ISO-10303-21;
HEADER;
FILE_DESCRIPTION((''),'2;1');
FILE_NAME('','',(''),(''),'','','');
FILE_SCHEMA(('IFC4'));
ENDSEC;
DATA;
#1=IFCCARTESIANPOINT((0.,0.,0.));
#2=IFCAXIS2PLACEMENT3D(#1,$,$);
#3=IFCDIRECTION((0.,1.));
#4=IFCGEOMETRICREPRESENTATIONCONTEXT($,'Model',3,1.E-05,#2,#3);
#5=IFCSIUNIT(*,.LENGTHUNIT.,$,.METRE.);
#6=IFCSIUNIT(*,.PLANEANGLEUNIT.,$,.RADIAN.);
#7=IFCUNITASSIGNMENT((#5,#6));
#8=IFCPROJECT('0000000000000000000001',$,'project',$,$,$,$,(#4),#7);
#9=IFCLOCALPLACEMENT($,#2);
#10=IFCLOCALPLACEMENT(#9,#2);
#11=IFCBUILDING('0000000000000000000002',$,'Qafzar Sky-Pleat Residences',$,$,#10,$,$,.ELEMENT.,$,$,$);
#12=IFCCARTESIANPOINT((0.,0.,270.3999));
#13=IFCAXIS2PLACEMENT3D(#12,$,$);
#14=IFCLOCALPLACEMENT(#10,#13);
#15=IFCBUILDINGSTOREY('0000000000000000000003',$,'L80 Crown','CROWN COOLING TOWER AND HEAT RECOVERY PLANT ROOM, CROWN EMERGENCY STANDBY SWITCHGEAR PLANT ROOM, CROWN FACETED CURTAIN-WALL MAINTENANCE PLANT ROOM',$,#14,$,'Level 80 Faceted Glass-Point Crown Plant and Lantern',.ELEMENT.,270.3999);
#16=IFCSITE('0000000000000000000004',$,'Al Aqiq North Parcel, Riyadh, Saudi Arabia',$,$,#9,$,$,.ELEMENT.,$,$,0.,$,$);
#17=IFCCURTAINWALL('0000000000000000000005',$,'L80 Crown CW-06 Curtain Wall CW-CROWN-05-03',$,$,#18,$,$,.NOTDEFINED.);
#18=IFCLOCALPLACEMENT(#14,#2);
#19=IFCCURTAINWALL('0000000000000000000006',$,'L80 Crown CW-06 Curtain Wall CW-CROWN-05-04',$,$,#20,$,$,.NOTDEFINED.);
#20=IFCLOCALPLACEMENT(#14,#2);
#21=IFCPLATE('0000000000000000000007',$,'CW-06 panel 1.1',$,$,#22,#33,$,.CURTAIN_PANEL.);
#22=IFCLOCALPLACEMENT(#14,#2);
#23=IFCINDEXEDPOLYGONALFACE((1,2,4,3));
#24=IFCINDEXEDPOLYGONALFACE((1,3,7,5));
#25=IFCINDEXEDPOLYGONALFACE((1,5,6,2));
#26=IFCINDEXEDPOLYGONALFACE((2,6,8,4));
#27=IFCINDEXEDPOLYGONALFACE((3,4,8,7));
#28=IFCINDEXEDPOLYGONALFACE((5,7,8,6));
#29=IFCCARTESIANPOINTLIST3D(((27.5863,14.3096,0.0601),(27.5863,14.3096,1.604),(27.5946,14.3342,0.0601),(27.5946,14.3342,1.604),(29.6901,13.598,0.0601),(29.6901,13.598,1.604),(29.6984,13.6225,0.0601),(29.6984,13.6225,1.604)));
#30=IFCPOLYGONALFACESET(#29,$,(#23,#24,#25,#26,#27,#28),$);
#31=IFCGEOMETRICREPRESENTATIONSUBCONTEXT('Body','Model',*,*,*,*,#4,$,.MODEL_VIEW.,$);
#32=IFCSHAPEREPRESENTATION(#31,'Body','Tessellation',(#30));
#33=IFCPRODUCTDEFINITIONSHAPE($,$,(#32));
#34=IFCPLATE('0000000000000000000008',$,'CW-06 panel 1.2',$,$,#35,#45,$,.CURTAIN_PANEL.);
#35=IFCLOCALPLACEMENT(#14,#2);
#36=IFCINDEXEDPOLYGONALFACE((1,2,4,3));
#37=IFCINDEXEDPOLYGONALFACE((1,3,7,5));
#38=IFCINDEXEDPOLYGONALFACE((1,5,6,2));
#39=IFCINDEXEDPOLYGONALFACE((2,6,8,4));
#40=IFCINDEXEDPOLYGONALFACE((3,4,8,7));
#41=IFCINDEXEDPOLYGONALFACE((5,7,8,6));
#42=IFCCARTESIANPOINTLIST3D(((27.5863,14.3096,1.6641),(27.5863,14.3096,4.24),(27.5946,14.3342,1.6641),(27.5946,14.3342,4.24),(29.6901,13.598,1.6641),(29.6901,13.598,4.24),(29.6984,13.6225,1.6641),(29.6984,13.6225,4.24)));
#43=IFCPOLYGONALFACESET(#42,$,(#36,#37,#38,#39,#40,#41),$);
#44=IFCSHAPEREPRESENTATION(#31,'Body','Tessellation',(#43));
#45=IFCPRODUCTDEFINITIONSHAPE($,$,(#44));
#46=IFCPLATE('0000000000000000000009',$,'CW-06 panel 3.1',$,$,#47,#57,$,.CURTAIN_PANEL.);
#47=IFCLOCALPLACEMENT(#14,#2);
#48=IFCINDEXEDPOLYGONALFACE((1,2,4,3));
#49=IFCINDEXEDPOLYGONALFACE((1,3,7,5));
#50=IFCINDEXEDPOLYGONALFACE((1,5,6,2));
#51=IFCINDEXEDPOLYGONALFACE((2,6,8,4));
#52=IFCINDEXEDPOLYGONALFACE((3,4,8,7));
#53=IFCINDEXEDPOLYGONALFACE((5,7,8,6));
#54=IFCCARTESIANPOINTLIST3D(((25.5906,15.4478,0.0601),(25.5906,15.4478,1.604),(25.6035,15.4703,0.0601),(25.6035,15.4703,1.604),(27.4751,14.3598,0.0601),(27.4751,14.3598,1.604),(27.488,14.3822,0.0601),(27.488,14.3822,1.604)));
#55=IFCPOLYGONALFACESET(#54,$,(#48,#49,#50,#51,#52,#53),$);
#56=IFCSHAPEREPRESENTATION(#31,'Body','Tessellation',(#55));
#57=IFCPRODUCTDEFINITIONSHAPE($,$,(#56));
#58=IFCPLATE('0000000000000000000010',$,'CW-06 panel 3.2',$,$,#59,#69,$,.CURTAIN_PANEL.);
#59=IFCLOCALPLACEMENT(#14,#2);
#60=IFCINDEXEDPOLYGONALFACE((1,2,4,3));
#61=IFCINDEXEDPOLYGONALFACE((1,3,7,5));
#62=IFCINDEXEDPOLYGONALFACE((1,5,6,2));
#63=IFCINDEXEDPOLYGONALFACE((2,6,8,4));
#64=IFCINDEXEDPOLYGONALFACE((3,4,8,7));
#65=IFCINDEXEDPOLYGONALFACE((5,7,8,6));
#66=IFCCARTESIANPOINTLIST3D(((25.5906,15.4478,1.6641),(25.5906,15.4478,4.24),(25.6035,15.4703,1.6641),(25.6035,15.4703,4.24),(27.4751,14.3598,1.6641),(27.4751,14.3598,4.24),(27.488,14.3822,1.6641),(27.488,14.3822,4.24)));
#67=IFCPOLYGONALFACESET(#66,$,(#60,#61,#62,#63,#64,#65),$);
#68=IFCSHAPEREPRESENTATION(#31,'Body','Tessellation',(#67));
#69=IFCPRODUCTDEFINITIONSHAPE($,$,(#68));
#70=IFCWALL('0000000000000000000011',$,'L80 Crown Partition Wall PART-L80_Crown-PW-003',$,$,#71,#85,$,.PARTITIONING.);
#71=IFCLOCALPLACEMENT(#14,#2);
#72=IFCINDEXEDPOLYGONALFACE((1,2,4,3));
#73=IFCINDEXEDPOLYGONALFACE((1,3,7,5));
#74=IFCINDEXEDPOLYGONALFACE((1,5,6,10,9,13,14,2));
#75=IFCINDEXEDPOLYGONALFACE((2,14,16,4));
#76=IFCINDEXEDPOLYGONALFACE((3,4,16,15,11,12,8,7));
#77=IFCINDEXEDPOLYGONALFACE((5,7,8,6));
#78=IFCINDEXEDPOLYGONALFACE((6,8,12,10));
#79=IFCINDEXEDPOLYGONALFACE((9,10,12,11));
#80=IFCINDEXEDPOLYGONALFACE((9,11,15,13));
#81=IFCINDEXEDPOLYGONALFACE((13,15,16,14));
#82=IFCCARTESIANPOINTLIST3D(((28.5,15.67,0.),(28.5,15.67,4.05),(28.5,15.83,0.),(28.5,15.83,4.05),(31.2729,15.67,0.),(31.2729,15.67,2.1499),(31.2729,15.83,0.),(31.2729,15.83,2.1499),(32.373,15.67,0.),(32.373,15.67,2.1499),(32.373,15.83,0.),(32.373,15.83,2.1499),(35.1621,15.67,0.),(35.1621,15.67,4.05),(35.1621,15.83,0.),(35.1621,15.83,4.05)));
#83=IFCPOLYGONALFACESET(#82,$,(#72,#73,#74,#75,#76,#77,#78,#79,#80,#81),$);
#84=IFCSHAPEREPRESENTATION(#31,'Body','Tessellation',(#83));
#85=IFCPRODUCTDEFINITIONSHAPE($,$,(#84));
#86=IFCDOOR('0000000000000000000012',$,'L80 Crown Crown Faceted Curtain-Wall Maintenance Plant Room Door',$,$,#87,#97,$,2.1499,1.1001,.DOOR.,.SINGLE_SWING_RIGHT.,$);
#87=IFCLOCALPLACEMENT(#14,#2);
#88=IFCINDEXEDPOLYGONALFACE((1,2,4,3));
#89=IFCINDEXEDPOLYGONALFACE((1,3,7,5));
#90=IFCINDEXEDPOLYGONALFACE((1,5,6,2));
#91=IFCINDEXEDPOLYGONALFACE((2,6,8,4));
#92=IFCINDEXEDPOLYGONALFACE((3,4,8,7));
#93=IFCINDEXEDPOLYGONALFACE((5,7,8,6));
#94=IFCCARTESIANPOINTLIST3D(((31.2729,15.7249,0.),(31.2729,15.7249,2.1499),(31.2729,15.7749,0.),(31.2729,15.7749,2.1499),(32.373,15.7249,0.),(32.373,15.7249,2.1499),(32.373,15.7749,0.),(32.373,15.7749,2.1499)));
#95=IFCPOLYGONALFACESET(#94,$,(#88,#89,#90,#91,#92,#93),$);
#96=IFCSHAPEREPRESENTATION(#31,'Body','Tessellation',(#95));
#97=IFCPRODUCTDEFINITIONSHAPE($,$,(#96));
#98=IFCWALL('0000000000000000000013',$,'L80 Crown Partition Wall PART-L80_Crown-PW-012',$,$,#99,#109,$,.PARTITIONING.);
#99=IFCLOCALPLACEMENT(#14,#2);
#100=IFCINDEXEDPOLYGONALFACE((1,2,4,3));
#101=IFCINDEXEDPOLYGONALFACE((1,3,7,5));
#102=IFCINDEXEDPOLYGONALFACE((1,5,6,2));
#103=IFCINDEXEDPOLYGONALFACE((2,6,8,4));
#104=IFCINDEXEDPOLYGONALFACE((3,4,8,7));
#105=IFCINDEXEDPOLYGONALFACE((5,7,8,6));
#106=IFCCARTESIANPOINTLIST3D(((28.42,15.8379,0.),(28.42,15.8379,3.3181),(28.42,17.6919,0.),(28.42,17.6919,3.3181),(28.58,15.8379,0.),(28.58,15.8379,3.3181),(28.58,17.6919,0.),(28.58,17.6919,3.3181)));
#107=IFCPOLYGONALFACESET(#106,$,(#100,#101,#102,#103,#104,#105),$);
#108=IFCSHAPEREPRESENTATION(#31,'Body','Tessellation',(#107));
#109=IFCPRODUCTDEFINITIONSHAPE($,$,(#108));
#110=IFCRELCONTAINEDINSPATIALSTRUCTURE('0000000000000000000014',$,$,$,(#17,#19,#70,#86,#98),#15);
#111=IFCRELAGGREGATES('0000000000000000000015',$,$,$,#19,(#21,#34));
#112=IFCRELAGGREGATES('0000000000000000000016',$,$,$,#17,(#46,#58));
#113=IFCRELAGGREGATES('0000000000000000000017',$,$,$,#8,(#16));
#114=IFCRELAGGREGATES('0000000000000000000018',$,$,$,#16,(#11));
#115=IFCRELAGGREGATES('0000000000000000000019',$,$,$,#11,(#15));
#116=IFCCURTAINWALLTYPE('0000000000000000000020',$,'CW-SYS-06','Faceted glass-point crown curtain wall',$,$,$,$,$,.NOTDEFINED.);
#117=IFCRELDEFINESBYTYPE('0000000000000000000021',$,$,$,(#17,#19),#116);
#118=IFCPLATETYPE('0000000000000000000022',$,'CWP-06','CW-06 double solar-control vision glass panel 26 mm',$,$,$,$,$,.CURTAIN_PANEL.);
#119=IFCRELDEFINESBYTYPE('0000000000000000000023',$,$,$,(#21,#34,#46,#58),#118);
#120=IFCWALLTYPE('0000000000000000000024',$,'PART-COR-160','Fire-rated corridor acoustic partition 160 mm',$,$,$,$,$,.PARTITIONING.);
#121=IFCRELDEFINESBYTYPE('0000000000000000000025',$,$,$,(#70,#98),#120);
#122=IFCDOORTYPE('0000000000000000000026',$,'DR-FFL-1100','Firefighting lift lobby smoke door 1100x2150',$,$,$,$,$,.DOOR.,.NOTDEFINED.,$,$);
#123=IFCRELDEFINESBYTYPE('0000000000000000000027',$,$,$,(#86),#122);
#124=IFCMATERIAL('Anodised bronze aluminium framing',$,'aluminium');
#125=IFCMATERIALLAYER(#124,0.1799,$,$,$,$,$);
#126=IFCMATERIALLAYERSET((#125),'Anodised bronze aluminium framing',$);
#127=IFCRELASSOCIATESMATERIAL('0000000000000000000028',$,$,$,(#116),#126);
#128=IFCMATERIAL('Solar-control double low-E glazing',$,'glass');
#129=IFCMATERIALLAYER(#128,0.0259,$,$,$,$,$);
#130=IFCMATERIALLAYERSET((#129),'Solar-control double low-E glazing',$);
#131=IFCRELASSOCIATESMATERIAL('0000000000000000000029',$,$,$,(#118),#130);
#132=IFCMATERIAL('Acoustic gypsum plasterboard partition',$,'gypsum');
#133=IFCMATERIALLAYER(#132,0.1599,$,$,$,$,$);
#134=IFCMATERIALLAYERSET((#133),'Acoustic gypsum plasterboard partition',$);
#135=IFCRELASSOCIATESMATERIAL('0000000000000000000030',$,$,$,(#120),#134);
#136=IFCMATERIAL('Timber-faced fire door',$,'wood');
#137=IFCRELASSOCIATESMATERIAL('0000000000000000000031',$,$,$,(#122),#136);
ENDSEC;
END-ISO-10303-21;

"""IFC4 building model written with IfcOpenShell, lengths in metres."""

from ifc_helpers import new_model, si_unit, direction, frame, frame_2d, origin, origin_2d, place, context, subcontext, project, spatial, rectangle, extrude, source, transform, mapped, material, layer, layer_set, type_object, element, fill, aggregate, save


model = new_model("IFC4")

# Units and contexts
model_context = context("Model", 3, precision=1e-05, world=origin(), true_north=direction((0.0, 1.0)))
body_context = subcontext(model_context, "Body", "Model", "MODEL_VIEW")
ifc_project = project(units=[si_unit("LENGTHUNIT", "METRE"), si_unit("PLANEANGLEUNIT", "RADIAN")], contexts=[model_context])

# Site, building, storey
site_placement = place(None, origin())
site = spatial("IfcSite", under=ifc_project, at=site_placement, Name="Al Aqiq North Parcel, Riyadh, Saudi Arabia", CompositionType="ELEMENT", RefElevation=0.0)
building_placement = place(site_placement, origin())
building = spatial("IfcBuilding", under=site, at=building_placement, Name="Qafzar Sky-Pleat Residences", CompositionType="ELEMENT")
storey_placement = place(building_placement, frame((0.0, 0.0, 270.3999)))
storey = spatial("IfcBuildingStorey", under=building, at=storey_placement, Name="L80 Crown", Description="CROWN COOLING TOWER AND HEAT RECOVERY PLANT ROOM, CROWN EMERGENCY STANDBY SWITCHGEAR PLANT ROOM, CROWN FACETED CURTAIN-WALL MAINTENANCE PLANT ROOM", LongName="Level 80 Faceted Glass-Point Crown Plant and Lantern", CompositionType="ELEMENT", Elevation=270.3999)

# Curtain walls
ifc_material_1 = material(Name="Anodised bronze aluminium framing", Category="aluminium")
ifc_layer_1 = layer(ifc_material_1, 0.1799)
ifc_layer_set_1 = layer_set([ifc_layer_1], Name="Anodised bronze aluminium framing")
curtain_wall_type = type_object("IfcCurtainWallType", Name="CW-SYS-06", Description="Faceted glass-point crown curtain wall", PredefinedType="NOTDEFINED", material=ifc_layer_set_1)
curtain_wall_1_placement = place(storey_placement, origin())
curtain_wall_1 = element("IfcCurtainWall", 1, at=curtain_wall_1_placement, inside=storey, type_object=curtain_wall_type, Name="L80 Crown CW-06 Curtain Wall CW-CROWN-05-03", PredefinedType="NOTDEFINED")
curtain_wall_2_placement = place(storey_placement, origin())
curtain_wall_2 = element("IfcCurtainWall", 2, at=curtain_wall_2_placement, inside=storey, type_object=curtain_wall_type, Name="L80 Crown CW-06 Curtain Wall CW-CROWN-05-04", PredefinedType="NOTDEFINED")

# Plates
ifc_material_2 = material(Name="Solar-control double low-E glazing", Category="glass")
ifc_layer_2 = layer(ifc_material_2, 0.0259)
ifc_layer_set_2 = layer_set([ifc_layer_2], Name="Solar-control double low-E glazing")
plate_type = type_object("IfcPlateType", Name="CWP-06", Description="CW-06 double solar-control vision glass panel 26 mm", PredefinedType="CURTAIN_PANEL", material=ifc_layer_set_2)
shared_shape_1 = source(origin(), body_context, "Body", "SweptSolid", [
    extrude(rectangle(XDim=2.2209, YDim=0.0259, at=origin_2d()), origin(), (0.0, 0.0, 1.0), 1.5439),
])
plate_1_placement = place(storey_placement, frame((28.6423, 13.9661, 0.0601), z_axis=(0.0, 0.0, 1.0), x_axis=(0.947269, -0.320439, 0.0)))
plate_1 = element("IfcPlate", 3, at=plate_1_placement, type_object=plate_type, Name="CW-06 panel 1.1", PredefinedType="CURTAIN_PANEL", context=body_context, shape_type="MappedRepresentation", body=[
    mapped(shared_shape_1, transform((0.0, 0.0, 0.0), x_axis=(1.0, 0.0, 0.0), y_axis=(0.0, 1.0, 0.0), z_axis=(0.0, 0.0, 1.0), scale=1.0)),
])
shared_shape_2 = source(origin(), body_context, "Body", "SweptSolid", [
    extrude(rectangle(XDim=2.2209, YDim=0.0259, at=origin_2d()), origin(), (0.0, 0.0, 1.0), 2.5759),
])
plate_2_placement = place(storey_placement, frame((28.6423, 13.9661, 1.6641), z_axis=(0.0, 0.0, 1.0), x_axis=(0.947269, -0.320439, 0.0)))
plate_2 = element("IfcPlate", 4, at=plate_2_placement, type_object=plate_type, Name="CW-06 panel 1.2", PredefinedType="CURTAIN_PANEL", context=body_context, shape_type="MappedRepresentation", body=[
    mapped(shared_shape_2, transform((0.0, 0.0, 0.0), x_axis=(1.0, 0.0, 0.0), y_axis=(0.0, 1.0, 0.0), z_axis=(0.0, 0.0, 1.0), scale=1.0)),
])
aggregate(curtain_wall_2, [plate_1, plate_2])
shared_shape_3 = source(origin(), body_context, "Body", "SweptSolid", [
    extrude(rectangle(XDim=2.176, YDim=0.0259, at=origin_2d()), origin(), (0.0, 0.0, 1.0), 1.5439),
])
plate_3_placement = place(storey_placement, frame((26.5393, 14.915, 0.0601), z_axis=(0.0, 0.0, 1.0), x_axis=(0.866024, -0.500003, 0.0)))
plate_3 = element("IfcPlate", 5, at=plate_3_placement, type_object=plate_type, Name="CW-06 panel 3.1", PredefinedType="CURTAIN_PANEL", context=body_context, shape_type="MappedRepresentation", body=[
    mapped(shared_shape_3, transform((0.0, 0.0, 0.0), x_axis=(1.0, 0.0, 0.0), y_axis=(0.0, 1.0, 0.0), z_axis=(0.0, 0.0, 1.0), scale=1.0)),
])
shared_shape_4 = source(origin(), body_context, "Body", "SweptSolid", [
    extrude(rectangle(XDim=2.176, YDim=0.0259, at=origin_2d()), origin(), (0.0, 0.0, 1.0), 2.5759),
])
plate_4_placement = place(storey_placement, frame((26.5393, 14.915, 1.6641), z_axis=(0.0, 0.0, 1.0), x_axis=(0.866024, -0.500003, 0.0)))
plate_4 = element("IfcPlate", 6, at=plate_4_placement, type_object=plate_type, Name="CW-06 panel 3.2", PredefinedType="CURTAIN_PANEL", context=body_context, shape_type="MappedRepresentation", body=[
    mapped(shared_shape_4, transform((0.0, 0.0, 0.0), x_axis=(1.0, 0.0, 0.0), y_axis=(0.0, 1.0, 0.0), z_axis=(0.0, 0.0, 1.0), scale=1.0)),
])
aggregate(curtain_wall_1, [plate_3, plate_4])

# Wall, opening, door
ifc_material_3 = material(Name="Acoustic gypsum plasterboard partition", Category="gypsum")
ifc_layer_3 = layer(ifc_material_3, 0.1599)
ifc_layer_set_3 = layer_set([ifc_layer_3], Name="Acoustic gypsum plasterboard partition")
wall_type = type_object("IfcWallType", Name="PART-COR-160", Description="Fire-rated corridor acoustic partition 160 mm", PredefinedType="PARTITIONING", material=ifc_layer_set_3)
wall_1_placement = place(storey_placement, frame((28.5, 15.75, 0.0), z_axis=(0.0, 0.0, 1.0), x_axis=(1.0, 0.0, 0.0)))
wall_1 = element("IfcWall", 7, at=wall_1_placement, inside=storey, type_object=wall_type, Name="L80 Crown Partition Wall PART-L80_Crown-PW-003", PredefinedType="PARTITIONING", context=body_context, shape_type="SweptSolid", body=[
    extrude(rectangle(XDim=6.6621, YDim=0.1599, at=frame_2d((3.3311, 0.0))), origin(), (0.0, 0.0, 1.0), 4.05),
])
opening_placement = place(wall_1_placement, frame((2.7729, 0.0, 0.0)))
opening = element("IfcOpeningElement", 8, at=opening_placement, cuts=wall_1, PredefinedType="OPENING", context=body_context, shape_type="SweptSolid", body=[
    extrude(rectangle(XDim=1.1001, YDim=2.1499, at=frame_2d((0.55, 1.075))), frame((0.0, 0.0898, 0.0), z_axis=(0.0, -1.0, 0.0), x_axis=(1.0, 0.0, 0.0)), (0.0, 0.0, 1.0), 0.1799),
])
ifc_material_4 = material(Name="Timber-faced fire door", Category="wood")
door_type = type_object("IfcDoorType", Name="DR-FFL-1100", Description="Firefighting lift lobby smoke door 1100x2150", OperationType="NOTDEFINED", PredefinedType="DOOR", material=ifc_material_4)
shared_shape_5 = source(origin(), body_context, "Body", "SweptSolid", [
    extrude(rectangle(XDim=1.1001, YDim=2.1499, at=frame_2d((0.55, 1.075))), frame((0.0, 0.0249, 0.0), z_axis=(0.0, -1.0, 0.0), x_axis=(1.0, 0.0, 0.0)), (0.0, 0.0, 1.0), 0.05),
])
door_placement = place(opening_placement, origin())
door = element("IfcDoor", 9, at=door_placement, inside=storey, type_object=door_type, Name="L80 Crown Crown Faceted Curtain-Wall Maintenance Plant Room Door", OperationType="SINGLE_SWING_RIGHT", OverallHeight=2.1499, OverallWidth=1.1001, PredefinedType="DOOR", context=body_context, shape_type="MappedRepresentation", body=[
    mapped(shared_shape_5, transform((0.0, 0.0, 0.0), x_axis=(1.0, 0.0, 0.0), y_axis=(0.0, 1.0, 0.0), z_axis=(0.0, 0.0, 1.0), scale=1.0)),
])
fill(opening, door)

# Wall
wall_2_placement = place(storey_placement, frame((28.5, 15.8379, 0.0), z_axis=(0.0, 0.0, 1.0), x_axis=(0.0, 1.0, 0.0)))
element("IfcWall", 10, at=wall_2_placement, inside=storey, type_object=wall_type, Name="L80 Crown Partition Wall PART-L80_Crown-PW-012", PredefinedType="PARTITIONING", context=body_context, shape_type="SweptSolid", body=[
    extrude(rectangle(XDim=1.854, YDim=0.1599, at=frame_2d((0.927, 0.0))), origin(), (0.0, 0.0, 1.0), 3.3181),
])

save(model, "model.ifc")
